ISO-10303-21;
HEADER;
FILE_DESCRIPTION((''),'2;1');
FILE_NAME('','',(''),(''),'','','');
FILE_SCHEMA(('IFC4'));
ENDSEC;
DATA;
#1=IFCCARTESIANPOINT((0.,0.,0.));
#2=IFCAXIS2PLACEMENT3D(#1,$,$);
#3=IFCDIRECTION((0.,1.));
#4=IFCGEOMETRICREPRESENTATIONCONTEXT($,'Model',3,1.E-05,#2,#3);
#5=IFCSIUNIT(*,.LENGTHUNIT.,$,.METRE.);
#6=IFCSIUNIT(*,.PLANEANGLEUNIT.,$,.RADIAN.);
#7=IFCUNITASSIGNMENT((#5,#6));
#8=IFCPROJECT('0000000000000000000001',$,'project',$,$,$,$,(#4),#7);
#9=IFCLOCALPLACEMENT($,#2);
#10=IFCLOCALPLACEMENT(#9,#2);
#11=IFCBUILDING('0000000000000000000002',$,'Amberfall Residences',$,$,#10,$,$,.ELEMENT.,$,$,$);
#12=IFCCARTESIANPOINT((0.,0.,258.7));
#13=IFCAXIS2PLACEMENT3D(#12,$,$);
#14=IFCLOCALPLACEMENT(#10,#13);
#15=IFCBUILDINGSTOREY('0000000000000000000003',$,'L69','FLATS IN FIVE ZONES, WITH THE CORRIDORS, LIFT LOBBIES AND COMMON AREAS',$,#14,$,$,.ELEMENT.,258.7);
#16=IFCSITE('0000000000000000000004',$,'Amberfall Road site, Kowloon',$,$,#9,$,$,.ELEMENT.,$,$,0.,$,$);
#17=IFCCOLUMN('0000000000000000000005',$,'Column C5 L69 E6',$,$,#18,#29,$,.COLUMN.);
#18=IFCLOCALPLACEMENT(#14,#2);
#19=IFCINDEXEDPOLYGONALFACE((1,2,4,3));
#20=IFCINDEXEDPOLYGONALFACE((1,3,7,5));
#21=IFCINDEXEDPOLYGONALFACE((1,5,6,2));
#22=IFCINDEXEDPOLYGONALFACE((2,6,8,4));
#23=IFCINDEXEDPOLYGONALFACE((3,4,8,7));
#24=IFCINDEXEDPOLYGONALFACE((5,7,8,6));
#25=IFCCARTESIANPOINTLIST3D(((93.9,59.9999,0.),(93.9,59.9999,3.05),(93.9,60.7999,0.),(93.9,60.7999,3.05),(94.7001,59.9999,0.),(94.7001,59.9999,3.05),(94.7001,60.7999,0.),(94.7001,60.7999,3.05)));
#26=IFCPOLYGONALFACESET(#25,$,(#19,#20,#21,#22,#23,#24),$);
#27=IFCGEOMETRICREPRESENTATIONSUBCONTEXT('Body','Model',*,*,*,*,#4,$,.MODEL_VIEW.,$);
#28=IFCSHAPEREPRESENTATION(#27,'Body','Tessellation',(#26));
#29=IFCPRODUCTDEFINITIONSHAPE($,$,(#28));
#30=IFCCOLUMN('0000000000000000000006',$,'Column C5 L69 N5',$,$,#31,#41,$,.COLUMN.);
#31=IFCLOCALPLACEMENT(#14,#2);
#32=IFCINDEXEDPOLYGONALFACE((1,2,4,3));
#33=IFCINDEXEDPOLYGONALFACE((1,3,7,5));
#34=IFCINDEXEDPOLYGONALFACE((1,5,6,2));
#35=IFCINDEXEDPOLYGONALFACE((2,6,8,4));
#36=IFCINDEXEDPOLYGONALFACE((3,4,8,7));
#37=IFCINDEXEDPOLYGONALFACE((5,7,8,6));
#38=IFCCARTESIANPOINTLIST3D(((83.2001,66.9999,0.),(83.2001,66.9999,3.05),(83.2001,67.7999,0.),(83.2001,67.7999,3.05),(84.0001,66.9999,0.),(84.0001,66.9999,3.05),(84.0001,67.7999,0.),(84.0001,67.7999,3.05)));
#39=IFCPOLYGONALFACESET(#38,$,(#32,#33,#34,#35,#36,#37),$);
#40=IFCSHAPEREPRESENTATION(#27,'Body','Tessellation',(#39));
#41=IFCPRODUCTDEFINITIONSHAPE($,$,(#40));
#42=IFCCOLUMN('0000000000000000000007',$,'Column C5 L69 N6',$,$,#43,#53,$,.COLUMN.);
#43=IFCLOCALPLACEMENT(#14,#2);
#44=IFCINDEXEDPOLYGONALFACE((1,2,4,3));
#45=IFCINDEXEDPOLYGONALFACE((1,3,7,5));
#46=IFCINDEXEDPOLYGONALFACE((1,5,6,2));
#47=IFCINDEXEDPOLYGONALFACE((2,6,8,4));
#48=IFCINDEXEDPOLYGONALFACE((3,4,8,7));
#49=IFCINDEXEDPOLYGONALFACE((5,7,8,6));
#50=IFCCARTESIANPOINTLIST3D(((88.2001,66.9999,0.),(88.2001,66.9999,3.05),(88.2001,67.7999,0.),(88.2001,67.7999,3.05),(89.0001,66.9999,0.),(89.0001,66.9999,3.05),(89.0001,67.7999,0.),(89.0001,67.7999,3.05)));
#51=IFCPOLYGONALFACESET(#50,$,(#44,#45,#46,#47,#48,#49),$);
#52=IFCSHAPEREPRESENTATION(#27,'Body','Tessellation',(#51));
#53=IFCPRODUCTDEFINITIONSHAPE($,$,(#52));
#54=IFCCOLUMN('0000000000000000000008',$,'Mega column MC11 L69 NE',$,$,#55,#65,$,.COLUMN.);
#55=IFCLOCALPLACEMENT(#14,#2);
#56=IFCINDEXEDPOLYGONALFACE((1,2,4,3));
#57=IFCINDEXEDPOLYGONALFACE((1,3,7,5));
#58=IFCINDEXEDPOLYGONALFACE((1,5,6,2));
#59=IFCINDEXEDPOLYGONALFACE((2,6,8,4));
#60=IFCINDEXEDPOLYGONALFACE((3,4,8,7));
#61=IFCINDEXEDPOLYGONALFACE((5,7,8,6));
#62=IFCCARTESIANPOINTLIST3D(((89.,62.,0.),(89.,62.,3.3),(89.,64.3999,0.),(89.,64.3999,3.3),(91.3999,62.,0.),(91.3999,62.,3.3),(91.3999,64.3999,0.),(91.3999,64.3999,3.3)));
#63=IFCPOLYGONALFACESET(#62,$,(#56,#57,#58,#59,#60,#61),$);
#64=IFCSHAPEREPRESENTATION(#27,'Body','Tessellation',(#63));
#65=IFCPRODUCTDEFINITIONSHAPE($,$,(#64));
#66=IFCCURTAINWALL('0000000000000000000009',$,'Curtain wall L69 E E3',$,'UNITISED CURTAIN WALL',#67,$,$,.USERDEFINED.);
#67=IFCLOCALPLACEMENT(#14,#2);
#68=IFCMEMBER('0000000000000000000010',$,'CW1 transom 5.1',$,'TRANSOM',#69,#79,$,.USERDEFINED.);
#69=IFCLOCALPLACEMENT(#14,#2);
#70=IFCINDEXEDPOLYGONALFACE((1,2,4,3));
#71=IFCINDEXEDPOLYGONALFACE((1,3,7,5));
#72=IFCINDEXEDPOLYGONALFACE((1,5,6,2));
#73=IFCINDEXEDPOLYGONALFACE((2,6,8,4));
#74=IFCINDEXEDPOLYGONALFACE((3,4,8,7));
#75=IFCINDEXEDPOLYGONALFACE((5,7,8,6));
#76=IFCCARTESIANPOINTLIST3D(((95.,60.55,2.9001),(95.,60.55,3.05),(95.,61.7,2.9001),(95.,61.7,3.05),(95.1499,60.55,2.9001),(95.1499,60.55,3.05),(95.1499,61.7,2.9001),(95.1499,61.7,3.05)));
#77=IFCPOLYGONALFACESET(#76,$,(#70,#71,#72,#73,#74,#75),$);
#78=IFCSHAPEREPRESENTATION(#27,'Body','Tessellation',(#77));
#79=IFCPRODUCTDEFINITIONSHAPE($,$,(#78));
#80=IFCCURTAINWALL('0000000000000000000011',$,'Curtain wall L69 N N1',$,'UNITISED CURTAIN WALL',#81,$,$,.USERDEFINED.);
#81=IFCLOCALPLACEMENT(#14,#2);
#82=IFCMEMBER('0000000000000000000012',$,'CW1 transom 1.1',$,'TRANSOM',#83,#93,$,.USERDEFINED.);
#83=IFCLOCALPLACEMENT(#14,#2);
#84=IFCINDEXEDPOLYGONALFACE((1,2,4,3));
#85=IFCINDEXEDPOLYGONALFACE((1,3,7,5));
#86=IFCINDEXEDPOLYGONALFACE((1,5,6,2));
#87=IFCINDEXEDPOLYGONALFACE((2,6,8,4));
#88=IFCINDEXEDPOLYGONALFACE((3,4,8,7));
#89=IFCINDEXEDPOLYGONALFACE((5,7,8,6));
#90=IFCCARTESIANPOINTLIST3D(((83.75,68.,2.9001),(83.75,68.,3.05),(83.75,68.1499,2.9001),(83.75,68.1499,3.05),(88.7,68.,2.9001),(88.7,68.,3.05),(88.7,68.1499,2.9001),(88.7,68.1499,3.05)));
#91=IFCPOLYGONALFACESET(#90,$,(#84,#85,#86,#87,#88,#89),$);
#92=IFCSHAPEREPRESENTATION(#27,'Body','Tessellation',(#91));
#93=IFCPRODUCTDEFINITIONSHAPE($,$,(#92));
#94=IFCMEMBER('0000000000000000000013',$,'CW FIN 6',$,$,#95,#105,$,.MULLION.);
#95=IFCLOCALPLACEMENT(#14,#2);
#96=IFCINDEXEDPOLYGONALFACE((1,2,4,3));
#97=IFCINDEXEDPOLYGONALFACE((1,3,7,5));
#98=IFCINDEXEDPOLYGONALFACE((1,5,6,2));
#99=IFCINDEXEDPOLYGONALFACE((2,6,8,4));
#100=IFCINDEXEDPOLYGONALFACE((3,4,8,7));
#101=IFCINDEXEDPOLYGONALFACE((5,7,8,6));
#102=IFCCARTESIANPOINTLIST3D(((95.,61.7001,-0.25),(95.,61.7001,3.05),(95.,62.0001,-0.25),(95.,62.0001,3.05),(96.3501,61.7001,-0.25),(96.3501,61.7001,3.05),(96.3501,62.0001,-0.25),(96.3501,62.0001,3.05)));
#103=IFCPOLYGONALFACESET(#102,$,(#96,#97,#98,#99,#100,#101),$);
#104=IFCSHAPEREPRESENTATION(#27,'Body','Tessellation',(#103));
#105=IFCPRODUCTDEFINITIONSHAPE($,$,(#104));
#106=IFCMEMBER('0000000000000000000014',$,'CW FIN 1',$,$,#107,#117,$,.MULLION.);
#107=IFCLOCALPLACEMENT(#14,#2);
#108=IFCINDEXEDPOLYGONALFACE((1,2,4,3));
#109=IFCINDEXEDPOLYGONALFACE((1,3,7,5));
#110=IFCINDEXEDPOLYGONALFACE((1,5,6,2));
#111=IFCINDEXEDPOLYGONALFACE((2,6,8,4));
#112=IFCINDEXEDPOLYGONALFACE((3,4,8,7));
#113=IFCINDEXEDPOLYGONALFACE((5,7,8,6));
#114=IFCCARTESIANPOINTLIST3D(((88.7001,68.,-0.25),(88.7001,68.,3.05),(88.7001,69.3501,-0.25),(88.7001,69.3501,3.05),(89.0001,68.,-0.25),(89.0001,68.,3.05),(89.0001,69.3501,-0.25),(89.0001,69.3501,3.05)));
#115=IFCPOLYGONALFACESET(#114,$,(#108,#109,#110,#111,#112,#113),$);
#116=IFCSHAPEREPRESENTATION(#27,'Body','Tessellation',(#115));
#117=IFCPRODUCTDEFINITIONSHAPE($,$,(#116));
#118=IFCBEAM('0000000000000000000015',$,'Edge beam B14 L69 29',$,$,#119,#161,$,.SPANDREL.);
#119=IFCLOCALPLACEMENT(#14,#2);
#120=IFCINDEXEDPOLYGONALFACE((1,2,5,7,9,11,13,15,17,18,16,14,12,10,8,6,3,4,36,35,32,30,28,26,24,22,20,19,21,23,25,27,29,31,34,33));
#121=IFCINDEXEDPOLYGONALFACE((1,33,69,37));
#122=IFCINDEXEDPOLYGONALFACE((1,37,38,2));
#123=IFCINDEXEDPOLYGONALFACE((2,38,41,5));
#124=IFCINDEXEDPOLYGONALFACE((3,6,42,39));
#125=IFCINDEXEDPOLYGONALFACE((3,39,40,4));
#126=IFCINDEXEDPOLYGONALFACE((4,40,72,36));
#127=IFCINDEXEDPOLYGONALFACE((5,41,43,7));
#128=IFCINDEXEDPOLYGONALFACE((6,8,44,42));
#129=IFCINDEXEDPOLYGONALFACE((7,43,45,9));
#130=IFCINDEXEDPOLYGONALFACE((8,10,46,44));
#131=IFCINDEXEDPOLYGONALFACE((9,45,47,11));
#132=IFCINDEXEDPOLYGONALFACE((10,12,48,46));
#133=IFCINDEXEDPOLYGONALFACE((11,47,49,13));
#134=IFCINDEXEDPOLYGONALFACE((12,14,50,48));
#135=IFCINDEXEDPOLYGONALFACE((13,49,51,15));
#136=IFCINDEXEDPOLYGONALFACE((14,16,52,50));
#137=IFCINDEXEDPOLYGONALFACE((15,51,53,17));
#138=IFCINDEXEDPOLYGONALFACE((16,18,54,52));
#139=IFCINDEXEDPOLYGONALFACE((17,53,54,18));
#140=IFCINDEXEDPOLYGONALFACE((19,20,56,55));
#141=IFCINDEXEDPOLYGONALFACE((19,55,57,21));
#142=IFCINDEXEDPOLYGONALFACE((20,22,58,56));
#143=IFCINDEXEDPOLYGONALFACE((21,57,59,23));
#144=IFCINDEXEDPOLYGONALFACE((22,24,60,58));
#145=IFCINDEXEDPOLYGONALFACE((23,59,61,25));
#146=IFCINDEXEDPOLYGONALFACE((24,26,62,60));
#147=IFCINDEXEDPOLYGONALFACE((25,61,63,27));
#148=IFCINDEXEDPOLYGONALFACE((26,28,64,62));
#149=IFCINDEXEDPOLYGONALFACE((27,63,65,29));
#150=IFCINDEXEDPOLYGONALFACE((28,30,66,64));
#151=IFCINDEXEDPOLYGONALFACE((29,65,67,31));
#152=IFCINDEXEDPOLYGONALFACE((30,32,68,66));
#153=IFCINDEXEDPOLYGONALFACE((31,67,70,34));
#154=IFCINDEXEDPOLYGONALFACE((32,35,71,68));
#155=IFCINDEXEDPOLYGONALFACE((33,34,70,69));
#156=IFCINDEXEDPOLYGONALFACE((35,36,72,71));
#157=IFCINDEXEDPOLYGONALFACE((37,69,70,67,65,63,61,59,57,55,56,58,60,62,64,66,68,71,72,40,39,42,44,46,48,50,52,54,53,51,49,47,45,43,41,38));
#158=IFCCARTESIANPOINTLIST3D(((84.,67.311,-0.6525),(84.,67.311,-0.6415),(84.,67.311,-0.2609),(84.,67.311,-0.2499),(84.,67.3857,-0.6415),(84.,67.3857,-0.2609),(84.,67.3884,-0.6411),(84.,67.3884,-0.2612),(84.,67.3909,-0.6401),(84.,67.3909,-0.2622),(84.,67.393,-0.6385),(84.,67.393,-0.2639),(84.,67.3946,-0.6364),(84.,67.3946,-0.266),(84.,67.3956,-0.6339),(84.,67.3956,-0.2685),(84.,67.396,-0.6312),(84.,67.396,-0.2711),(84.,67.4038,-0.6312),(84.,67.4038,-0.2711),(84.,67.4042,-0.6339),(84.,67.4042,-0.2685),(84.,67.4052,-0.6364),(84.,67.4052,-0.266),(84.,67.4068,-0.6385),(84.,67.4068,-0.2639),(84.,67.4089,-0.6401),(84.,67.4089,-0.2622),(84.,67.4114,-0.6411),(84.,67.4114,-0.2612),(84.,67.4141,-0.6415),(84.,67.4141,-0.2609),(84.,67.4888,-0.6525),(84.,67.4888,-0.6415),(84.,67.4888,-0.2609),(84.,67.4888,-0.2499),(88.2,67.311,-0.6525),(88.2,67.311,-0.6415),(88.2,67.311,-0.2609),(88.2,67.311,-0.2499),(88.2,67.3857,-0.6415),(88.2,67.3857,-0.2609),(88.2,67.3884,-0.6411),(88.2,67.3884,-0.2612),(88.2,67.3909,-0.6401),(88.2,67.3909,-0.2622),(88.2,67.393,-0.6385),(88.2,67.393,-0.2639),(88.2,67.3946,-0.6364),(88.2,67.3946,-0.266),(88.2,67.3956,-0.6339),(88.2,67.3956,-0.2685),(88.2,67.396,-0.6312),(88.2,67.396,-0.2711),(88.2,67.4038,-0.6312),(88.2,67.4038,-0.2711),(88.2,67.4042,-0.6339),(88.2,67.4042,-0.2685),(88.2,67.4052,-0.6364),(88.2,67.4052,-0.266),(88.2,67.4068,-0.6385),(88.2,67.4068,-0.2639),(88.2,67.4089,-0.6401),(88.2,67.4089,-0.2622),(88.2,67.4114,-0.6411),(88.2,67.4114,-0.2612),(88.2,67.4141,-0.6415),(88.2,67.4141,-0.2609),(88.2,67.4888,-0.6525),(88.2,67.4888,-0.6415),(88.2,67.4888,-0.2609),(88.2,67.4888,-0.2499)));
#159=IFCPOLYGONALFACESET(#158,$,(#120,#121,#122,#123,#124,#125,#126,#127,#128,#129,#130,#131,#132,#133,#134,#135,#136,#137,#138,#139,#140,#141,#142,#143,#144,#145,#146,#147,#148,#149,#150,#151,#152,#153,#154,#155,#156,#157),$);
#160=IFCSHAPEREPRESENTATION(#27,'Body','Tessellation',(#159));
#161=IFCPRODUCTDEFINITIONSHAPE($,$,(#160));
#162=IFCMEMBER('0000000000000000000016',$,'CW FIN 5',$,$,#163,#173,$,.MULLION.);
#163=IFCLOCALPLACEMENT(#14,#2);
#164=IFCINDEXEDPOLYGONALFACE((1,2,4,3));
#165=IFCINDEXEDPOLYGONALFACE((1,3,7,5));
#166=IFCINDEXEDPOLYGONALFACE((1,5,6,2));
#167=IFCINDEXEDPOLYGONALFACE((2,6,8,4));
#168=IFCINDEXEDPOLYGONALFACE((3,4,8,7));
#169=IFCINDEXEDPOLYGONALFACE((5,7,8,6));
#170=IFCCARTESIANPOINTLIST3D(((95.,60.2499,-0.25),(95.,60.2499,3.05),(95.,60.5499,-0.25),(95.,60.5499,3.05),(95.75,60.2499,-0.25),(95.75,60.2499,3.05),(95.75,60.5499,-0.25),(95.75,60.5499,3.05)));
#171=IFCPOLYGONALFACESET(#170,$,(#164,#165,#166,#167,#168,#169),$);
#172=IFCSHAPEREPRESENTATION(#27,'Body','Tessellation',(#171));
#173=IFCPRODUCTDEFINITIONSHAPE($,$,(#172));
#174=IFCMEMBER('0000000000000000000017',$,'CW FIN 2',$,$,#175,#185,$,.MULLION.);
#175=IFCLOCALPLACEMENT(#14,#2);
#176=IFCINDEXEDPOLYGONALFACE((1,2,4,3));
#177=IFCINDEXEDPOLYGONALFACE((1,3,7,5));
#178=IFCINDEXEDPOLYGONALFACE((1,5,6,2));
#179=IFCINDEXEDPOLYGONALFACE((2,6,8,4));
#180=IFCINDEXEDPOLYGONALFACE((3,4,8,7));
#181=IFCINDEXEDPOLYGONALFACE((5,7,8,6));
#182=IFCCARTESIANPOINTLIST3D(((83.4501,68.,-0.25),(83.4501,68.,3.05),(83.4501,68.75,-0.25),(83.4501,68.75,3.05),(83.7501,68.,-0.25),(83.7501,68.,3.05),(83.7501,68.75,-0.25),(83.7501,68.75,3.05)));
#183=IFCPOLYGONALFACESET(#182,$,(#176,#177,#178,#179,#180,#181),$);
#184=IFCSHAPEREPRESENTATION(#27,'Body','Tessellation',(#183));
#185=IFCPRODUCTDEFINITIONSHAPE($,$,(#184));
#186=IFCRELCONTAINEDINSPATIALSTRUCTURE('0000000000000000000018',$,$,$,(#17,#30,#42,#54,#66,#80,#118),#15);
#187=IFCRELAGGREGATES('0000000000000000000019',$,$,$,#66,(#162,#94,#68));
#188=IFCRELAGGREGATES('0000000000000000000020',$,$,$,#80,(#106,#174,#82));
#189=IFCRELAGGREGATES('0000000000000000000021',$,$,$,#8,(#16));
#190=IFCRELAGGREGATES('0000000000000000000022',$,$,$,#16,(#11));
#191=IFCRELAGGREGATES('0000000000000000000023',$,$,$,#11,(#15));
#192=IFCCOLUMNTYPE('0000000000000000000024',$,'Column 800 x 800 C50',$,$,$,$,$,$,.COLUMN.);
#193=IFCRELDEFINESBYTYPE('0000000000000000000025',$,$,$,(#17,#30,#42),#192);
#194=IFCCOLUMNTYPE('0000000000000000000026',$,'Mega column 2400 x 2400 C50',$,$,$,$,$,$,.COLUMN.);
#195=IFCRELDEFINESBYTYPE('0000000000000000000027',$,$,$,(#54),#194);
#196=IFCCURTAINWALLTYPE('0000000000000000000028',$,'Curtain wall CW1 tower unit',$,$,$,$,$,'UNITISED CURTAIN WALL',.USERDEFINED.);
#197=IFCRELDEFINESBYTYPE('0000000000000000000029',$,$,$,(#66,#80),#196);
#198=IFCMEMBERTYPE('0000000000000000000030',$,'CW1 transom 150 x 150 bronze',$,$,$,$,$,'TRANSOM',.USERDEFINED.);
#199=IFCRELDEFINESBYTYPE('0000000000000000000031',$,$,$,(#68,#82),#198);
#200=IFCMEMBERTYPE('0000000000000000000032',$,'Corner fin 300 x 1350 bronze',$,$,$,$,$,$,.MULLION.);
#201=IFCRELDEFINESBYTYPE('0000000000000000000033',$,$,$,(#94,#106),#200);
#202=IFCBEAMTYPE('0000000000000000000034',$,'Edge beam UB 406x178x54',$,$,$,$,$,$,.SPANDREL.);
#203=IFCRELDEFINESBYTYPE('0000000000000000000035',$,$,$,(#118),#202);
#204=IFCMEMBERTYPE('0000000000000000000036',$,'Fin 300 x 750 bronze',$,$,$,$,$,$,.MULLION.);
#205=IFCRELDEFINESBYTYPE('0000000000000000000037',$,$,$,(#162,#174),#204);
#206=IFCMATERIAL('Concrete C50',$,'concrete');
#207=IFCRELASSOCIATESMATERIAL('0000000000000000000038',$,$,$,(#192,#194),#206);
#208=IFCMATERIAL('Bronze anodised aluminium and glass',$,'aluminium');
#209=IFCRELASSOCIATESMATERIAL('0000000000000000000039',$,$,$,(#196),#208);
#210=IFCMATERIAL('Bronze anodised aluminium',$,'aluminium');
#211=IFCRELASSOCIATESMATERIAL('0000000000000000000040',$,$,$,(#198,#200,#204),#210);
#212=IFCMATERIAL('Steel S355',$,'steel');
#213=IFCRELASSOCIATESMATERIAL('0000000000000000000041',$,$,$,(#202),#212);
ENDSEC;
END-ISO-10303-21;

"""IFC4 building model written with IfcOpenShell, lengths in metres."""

from ifc_helpers import new_model, si_unit, direction, frame, origin, origin_2d, place, context, subcontext, project, spatial, rectangle, i_section, extrude, material, material_profile, profile_set, type_object, element, aggregate, save


model = new_model("IFC4")

# Units and contexts
model_context = context("Model", 3, precision=1e-05, world=origin(), true_north=direction((0.0, 1.0)))
body_context = subcontext(model_context, "Body", "Model", "MODEL_VIEW")
ifc_project = project(units=[si_unit("LENGTHUNIT", "METRE"), si_unit("PLANEANGLEUNIT", "RADIAN")], contexts=[model_context])

# Site, building, storey
site_placement = place(None, origin())
site = spatial("IfcSite", under=ifc_project, at=site_placement, Name="Amberfall Road site, Kowloon", CompositionType="ELEMENT", RefElevation=0.0)
building_placement = place(site_placement, origin())
building = spatial("IfcBuilding", under=site, at=building_placement, Name="Amberfall Residences", CompositionType="ELEMENT")
storey_placement = place(building_placement, frame((0.0, 0.0, 258.7)))
storey = spatial("IfcBuildingStorey", under=building, at=storey_placement, Name="L69", Description="FLATS IN FIVE ZONES, WITH THE CORRIDORS, LIFT LOBBIES AND COMMON AREAS", CompositionType="ELEMENT", Elevation=258.7)

# Columns
ifc_material_1 = material(Name="Concrete C50", Category="concrete")
ifc_material_profile_1 = material_profile(ifc_material_1, rectangle(XDim=0.8, YDim=0.8, at=origin_2d()), Name="Column 800 x 800 C50")
ifc_profile_set_1 = profile_set([ifc_material_profile_1], Name="Concrete C50")
column_type_1 = type_object("IfcColumnType", Name="Column 800 x 800 C50", PredefinedType="COLUMN", material=ifc_profile_set_1)
for number, where, z_axis, x_axis, name in (
    (1, (94.3, 60.3999, 0.0), (0.0, 0.0, 1.0), (1.0, 0.0, 0.0), "Column C5 L69 E6"),
    (2, (83.6001, 67.3999, 0.0), (0.0, 0.0, 1.0), (1.0, 0.0, 0.0), "Column C5 L69 N5"),
    (3, (88.6001, 67.3999, 0.0), (0.0, 0.0, 1.0), (1.0, 0.0, 0.0), "Column C5 L69 N6"),
):
    element("IfcColumn", number, at=place(storey_placement, frame(where, z_axis=z_axis, x_axis=x_axis)), inside=storey, type_object=column_type_1, Name=name, PredefinedType="COLUMN", context=body_context, shape_type="SweptSolid", body=[
        extrude(rectangle(XDim=0.8, YDim=0.8, at=origin_2d()), origin(), (0.0, 0.0, 1.0), 3.05),
    ])
ifc_material_profile_2 = material_profile(ifc_material_1, rectangle(XDim=2.3999, YDim=2.3999, at=origin_2d()), Name="Mega column 2400 x 2400 C50")
ifc_profile_set_2 = profile_set([ifc_material_profile_2], Name="Concrete C50")
column_type_2 = type_object("IfcColumnType", Name="Mega column 2400 x 2400 C50", PredefinedType="COLUMN", material=ifc_profile_set_2)
column_placement = place(storey_placement, frame((90.2, 63.2, 0.0), z_axis=(0.0, 0.0, 1.0), x_axis=(1.0, 0.0, 0.0)))
element("IfcColumn", 4, at=column_placement, inside=storey, type_object=column_type_2, Name="Mega column MC11 L69 NE", PredefinedType="COLUMN", context=body_context, shape_type="SweptSolid", body=[
    extrude(rectangle(XDim=2.3999, YDim=2.3999, at=origin_2d()), origin(), (0.0, 0.0, 1.0), 3.3),
])

# Curtain walls, members
ifc_material_2 = material(Name="Bronze anodised aluminium and glass", Category="aluminium")
curtain_wall_type = type_object("IfcCurtainWallType", Name="Curtain wall CW1 tower unit", ElementType="UNITISED CURTAIN WALL", PredefinedType="USERDEFINED", material=ifc_material_2)
curtain_wall_1_placement = place(storey_placement, origin())
curtain_wall_1 = element("IfcCurtainWall", 5, at=curtain_wall_1_placement, inside=storey, type_object=curtain_wall_type, Name="Curtain wall L69 E E3", ObjectType="UNITISED CURTAIN WALL", PredefinedType="USERDEFINED")
ifc_material_3 = material(Name="Bronze anodised aluminium", Category="aluminium")
ifc_material_profile_3 = material_profile(ifc_material_3, rectangle(XDim=0.1499, YDim=0.1499, at=origin_2d()), Name="CW1 transom 150 x 150 bronze")
ifc_profile_set_3 = profile_set([ifc_material_profile_3], Name="Bronze anodised aluminium")
member_type_1 = type_object("IfcMemberType", Name="CW1 transom 150 x 150 bronze", ElementType="TRANSOM", PredefinedType="USERDEFINED", material=ifc_profile_set_3)
member_1_placement = place(storey_placement, frame((95.075, 60.55, 2.9751), z_axis=(0.0, 1.0, 0.0), x_axis=(-1.0, 0.0, 0.0)))
member_1 = element("IfcMember", 6, at=member_1_placement, type_object=member_type_1, Name="CW1 transom 5.1", ObjectType="TRANSOM", PredefinedType="USERDEFINED", context=body_context, shape_type="SweptSolid", body=[
    extrude(rectangle(XDim=0.1499, YDim=0.1499, at=origin_2d()), origin(), (0.0, 0.0, 1.0), 1.1499),
])
curtain_wall_2_placement = place(storey_placement, origin())
curtain_wall_2 = element("IfcCurtainWall", 7, at=curtain_wall_2_placement, inside=storey, type_object=curtain_wall_type, Name="Curtain wall L69 N N1", ObjectType="UNITISED CURTAIN WALL", PredefinedType="USERDEFINED")
member_2_placement = place(storey_placement, frame((88.7, 68.075, 2.9751), z_axis=(-1.0, 0.0, 0.0), x_axis=(0.0, -1.0, 0.0)))
member_2 = element("IfcMember", 8, at=member_2_placement, type_object=member_type_1, Name="CW1 transom 1.1", ObjectType="TRANSOM", PredefinedType="USERDEFINED", context=body_context, shape_type="SweptSolid", body=[
    extrude(rectangle(XDim=0.1499, YDim=0.1499, at=origin_2d()), origin(), (0.0, 0.0, 1.0), 4.95),
])

# Members
ifc_material_profile_4 = material_profile(ifc_material_3, rectangle(XDim=1.3501, YDim=0.3, at=origin_2d()), Name="Corner fin 300 x 1350 bronze")
ifc_profile_set_4 = profile_set([ifc_material_profile_4], Name="Bronze anodised aluminium")
member_type_2 = type_object("IfcMemberType", Name="Corner fin 300 x 1350 bronze", PredefinedType="MULLION", material=ifc_profile_set_4)
member_3_placement = place(storey_placement, frame((95.675, 61.8501, -0.25), z_axis=(0.0, 0.0, 1.0), x_axis=(-1.0, 0.0, 0.0)))
member_3 = element("IfcMember", 9, at=member_3_placement, type_object=member_type_2, Name="CW FIN 6", PredefinedType="MULLION", context=body_context, shape_type="SweptSolid", body=[
    extrude(rectangle(XDim=1.3501, YDim=0.3, at=origin_2d()), origin(), (0.0, 0.0, 1.0), 3.3),
])
member_4_placement = place(storey_placement, frame((88.8501, 68.675, -0.25), z_axis=(0.0, 0.0, 1.0), x_axis=(0.0, -1.0, 0.0)))
member_4 = element("IfcMember", 10, at=member_4_placement, type_object=member_type_2, Name="CW FIN 1", PredefinedType="MULLION", context=body_context, shape_type="SweptSolid", body=[
    extrude(rectangle(XDim=1.3501, YDim=0.3, at=origin_2d()), origin(), (0.0, 0.0, 1.0), 3.3),
])

# Beam
ifc_material_4 = material(Name="Steel S355", Category="steel")
ifc_material_profile_5 = material_profile(ifc_material_4, i_section(OverallWidth=0.1777, OverallDepth=0.4026, WebThickness=0.0078, FlangeThickness=0.011, FilletRadius=0.0103, at=origin_2d()), Name="UB 406x178x54")
ifc_profile_set_5 = profile_set([ifc_material_profile_5], Name="Steel S355")
beam_type_1 = type_object("IfcBeamType", Name="Edge beam UB 406x178x54", PredefinedType="SPANDREL", material=ifc_profile_set_5)
beam_1_placement = place(storey_placement, frame((84.0, 67.3999, -0.4512), z_axis=(1.0, 0.0, 0.0), x_axis=(0.0, 1.0, 0.0)))
element("IfcBeam", 11, at=beam_1_placement, inside=storey, type_object=beam_type_1, Name="Edge beam B14 L69 29", PredefinedType="SPANDREL", context=body_context, shape_type="SweptSolid", body=[
    extrude(i_section(OverallWidth=0.1777, OverallDepth=0.4026, WebThickness=0.0078, FlangeThickness=0.011, FilletRadius=0.0103, at=origin_2d()), origin(), (0.0, 0.0, 1.0), 4.2),
])

# Members
ifc_material_profile_6 = material_profile(ifc_material_3, rectangle(XDim=0.75, YDim=0.3, at=origin_2d()), Name="Fin 300 x 750 bronze")
ifc_profile_set_6 = profile_set([ifc_material_profile_6], Name="Bronze anodised aluminium")
member_type_3 = type_object("IfcMemberType", Name="Fin 300 x 750 bronze", PredefinedType="MULLION", material=ifc_profile_set_6)
member_5_placement = place(storey_placement, frame((95.375, 60.3999, -0.25), z_axis=(0.0, 0.0, 1.0), x_axis=(-1.0, 0.0, 0.0)))
member_5 = element("IfcMember", 12, at=member_5_placement, type_object=member_type_3, Name="CW FIN 5", PredefinedType="MULLION", context=body_context, shape_type="SweptSolid", body=[
    extrude(rectangle(XDim=0.75, YDim=0.3, at=origin_2d()), origin(), (0.0, 0.0, 1.0), 3.3),
])
member_6_placement = place(storey_placement, frame((83.6001, 68.375, -0.25), z_axis=(0.0, 0.0, 1.0), x_axis=(0.0, -1.0, 0.0)))
member_6 = element("IfcMember", 13, at=member_6_placement, type_object=member_type_3, Name="CW FIN 2", PredefinedType="MULLION", context=body_context, shape_type="SweptSolid", body=[
    extrude(rectangle(XDim=0.75, YDim=0.3, at=origin_2d()), origin(), (0.0, 0.0, 1.0), 3.3),
])

aggregate(curtain_wall_1, [member_5, member_3, member_1])
aggregate(curtain_wall_2, [member_4, member_6, member_2])

save(model, "model.ifc")
